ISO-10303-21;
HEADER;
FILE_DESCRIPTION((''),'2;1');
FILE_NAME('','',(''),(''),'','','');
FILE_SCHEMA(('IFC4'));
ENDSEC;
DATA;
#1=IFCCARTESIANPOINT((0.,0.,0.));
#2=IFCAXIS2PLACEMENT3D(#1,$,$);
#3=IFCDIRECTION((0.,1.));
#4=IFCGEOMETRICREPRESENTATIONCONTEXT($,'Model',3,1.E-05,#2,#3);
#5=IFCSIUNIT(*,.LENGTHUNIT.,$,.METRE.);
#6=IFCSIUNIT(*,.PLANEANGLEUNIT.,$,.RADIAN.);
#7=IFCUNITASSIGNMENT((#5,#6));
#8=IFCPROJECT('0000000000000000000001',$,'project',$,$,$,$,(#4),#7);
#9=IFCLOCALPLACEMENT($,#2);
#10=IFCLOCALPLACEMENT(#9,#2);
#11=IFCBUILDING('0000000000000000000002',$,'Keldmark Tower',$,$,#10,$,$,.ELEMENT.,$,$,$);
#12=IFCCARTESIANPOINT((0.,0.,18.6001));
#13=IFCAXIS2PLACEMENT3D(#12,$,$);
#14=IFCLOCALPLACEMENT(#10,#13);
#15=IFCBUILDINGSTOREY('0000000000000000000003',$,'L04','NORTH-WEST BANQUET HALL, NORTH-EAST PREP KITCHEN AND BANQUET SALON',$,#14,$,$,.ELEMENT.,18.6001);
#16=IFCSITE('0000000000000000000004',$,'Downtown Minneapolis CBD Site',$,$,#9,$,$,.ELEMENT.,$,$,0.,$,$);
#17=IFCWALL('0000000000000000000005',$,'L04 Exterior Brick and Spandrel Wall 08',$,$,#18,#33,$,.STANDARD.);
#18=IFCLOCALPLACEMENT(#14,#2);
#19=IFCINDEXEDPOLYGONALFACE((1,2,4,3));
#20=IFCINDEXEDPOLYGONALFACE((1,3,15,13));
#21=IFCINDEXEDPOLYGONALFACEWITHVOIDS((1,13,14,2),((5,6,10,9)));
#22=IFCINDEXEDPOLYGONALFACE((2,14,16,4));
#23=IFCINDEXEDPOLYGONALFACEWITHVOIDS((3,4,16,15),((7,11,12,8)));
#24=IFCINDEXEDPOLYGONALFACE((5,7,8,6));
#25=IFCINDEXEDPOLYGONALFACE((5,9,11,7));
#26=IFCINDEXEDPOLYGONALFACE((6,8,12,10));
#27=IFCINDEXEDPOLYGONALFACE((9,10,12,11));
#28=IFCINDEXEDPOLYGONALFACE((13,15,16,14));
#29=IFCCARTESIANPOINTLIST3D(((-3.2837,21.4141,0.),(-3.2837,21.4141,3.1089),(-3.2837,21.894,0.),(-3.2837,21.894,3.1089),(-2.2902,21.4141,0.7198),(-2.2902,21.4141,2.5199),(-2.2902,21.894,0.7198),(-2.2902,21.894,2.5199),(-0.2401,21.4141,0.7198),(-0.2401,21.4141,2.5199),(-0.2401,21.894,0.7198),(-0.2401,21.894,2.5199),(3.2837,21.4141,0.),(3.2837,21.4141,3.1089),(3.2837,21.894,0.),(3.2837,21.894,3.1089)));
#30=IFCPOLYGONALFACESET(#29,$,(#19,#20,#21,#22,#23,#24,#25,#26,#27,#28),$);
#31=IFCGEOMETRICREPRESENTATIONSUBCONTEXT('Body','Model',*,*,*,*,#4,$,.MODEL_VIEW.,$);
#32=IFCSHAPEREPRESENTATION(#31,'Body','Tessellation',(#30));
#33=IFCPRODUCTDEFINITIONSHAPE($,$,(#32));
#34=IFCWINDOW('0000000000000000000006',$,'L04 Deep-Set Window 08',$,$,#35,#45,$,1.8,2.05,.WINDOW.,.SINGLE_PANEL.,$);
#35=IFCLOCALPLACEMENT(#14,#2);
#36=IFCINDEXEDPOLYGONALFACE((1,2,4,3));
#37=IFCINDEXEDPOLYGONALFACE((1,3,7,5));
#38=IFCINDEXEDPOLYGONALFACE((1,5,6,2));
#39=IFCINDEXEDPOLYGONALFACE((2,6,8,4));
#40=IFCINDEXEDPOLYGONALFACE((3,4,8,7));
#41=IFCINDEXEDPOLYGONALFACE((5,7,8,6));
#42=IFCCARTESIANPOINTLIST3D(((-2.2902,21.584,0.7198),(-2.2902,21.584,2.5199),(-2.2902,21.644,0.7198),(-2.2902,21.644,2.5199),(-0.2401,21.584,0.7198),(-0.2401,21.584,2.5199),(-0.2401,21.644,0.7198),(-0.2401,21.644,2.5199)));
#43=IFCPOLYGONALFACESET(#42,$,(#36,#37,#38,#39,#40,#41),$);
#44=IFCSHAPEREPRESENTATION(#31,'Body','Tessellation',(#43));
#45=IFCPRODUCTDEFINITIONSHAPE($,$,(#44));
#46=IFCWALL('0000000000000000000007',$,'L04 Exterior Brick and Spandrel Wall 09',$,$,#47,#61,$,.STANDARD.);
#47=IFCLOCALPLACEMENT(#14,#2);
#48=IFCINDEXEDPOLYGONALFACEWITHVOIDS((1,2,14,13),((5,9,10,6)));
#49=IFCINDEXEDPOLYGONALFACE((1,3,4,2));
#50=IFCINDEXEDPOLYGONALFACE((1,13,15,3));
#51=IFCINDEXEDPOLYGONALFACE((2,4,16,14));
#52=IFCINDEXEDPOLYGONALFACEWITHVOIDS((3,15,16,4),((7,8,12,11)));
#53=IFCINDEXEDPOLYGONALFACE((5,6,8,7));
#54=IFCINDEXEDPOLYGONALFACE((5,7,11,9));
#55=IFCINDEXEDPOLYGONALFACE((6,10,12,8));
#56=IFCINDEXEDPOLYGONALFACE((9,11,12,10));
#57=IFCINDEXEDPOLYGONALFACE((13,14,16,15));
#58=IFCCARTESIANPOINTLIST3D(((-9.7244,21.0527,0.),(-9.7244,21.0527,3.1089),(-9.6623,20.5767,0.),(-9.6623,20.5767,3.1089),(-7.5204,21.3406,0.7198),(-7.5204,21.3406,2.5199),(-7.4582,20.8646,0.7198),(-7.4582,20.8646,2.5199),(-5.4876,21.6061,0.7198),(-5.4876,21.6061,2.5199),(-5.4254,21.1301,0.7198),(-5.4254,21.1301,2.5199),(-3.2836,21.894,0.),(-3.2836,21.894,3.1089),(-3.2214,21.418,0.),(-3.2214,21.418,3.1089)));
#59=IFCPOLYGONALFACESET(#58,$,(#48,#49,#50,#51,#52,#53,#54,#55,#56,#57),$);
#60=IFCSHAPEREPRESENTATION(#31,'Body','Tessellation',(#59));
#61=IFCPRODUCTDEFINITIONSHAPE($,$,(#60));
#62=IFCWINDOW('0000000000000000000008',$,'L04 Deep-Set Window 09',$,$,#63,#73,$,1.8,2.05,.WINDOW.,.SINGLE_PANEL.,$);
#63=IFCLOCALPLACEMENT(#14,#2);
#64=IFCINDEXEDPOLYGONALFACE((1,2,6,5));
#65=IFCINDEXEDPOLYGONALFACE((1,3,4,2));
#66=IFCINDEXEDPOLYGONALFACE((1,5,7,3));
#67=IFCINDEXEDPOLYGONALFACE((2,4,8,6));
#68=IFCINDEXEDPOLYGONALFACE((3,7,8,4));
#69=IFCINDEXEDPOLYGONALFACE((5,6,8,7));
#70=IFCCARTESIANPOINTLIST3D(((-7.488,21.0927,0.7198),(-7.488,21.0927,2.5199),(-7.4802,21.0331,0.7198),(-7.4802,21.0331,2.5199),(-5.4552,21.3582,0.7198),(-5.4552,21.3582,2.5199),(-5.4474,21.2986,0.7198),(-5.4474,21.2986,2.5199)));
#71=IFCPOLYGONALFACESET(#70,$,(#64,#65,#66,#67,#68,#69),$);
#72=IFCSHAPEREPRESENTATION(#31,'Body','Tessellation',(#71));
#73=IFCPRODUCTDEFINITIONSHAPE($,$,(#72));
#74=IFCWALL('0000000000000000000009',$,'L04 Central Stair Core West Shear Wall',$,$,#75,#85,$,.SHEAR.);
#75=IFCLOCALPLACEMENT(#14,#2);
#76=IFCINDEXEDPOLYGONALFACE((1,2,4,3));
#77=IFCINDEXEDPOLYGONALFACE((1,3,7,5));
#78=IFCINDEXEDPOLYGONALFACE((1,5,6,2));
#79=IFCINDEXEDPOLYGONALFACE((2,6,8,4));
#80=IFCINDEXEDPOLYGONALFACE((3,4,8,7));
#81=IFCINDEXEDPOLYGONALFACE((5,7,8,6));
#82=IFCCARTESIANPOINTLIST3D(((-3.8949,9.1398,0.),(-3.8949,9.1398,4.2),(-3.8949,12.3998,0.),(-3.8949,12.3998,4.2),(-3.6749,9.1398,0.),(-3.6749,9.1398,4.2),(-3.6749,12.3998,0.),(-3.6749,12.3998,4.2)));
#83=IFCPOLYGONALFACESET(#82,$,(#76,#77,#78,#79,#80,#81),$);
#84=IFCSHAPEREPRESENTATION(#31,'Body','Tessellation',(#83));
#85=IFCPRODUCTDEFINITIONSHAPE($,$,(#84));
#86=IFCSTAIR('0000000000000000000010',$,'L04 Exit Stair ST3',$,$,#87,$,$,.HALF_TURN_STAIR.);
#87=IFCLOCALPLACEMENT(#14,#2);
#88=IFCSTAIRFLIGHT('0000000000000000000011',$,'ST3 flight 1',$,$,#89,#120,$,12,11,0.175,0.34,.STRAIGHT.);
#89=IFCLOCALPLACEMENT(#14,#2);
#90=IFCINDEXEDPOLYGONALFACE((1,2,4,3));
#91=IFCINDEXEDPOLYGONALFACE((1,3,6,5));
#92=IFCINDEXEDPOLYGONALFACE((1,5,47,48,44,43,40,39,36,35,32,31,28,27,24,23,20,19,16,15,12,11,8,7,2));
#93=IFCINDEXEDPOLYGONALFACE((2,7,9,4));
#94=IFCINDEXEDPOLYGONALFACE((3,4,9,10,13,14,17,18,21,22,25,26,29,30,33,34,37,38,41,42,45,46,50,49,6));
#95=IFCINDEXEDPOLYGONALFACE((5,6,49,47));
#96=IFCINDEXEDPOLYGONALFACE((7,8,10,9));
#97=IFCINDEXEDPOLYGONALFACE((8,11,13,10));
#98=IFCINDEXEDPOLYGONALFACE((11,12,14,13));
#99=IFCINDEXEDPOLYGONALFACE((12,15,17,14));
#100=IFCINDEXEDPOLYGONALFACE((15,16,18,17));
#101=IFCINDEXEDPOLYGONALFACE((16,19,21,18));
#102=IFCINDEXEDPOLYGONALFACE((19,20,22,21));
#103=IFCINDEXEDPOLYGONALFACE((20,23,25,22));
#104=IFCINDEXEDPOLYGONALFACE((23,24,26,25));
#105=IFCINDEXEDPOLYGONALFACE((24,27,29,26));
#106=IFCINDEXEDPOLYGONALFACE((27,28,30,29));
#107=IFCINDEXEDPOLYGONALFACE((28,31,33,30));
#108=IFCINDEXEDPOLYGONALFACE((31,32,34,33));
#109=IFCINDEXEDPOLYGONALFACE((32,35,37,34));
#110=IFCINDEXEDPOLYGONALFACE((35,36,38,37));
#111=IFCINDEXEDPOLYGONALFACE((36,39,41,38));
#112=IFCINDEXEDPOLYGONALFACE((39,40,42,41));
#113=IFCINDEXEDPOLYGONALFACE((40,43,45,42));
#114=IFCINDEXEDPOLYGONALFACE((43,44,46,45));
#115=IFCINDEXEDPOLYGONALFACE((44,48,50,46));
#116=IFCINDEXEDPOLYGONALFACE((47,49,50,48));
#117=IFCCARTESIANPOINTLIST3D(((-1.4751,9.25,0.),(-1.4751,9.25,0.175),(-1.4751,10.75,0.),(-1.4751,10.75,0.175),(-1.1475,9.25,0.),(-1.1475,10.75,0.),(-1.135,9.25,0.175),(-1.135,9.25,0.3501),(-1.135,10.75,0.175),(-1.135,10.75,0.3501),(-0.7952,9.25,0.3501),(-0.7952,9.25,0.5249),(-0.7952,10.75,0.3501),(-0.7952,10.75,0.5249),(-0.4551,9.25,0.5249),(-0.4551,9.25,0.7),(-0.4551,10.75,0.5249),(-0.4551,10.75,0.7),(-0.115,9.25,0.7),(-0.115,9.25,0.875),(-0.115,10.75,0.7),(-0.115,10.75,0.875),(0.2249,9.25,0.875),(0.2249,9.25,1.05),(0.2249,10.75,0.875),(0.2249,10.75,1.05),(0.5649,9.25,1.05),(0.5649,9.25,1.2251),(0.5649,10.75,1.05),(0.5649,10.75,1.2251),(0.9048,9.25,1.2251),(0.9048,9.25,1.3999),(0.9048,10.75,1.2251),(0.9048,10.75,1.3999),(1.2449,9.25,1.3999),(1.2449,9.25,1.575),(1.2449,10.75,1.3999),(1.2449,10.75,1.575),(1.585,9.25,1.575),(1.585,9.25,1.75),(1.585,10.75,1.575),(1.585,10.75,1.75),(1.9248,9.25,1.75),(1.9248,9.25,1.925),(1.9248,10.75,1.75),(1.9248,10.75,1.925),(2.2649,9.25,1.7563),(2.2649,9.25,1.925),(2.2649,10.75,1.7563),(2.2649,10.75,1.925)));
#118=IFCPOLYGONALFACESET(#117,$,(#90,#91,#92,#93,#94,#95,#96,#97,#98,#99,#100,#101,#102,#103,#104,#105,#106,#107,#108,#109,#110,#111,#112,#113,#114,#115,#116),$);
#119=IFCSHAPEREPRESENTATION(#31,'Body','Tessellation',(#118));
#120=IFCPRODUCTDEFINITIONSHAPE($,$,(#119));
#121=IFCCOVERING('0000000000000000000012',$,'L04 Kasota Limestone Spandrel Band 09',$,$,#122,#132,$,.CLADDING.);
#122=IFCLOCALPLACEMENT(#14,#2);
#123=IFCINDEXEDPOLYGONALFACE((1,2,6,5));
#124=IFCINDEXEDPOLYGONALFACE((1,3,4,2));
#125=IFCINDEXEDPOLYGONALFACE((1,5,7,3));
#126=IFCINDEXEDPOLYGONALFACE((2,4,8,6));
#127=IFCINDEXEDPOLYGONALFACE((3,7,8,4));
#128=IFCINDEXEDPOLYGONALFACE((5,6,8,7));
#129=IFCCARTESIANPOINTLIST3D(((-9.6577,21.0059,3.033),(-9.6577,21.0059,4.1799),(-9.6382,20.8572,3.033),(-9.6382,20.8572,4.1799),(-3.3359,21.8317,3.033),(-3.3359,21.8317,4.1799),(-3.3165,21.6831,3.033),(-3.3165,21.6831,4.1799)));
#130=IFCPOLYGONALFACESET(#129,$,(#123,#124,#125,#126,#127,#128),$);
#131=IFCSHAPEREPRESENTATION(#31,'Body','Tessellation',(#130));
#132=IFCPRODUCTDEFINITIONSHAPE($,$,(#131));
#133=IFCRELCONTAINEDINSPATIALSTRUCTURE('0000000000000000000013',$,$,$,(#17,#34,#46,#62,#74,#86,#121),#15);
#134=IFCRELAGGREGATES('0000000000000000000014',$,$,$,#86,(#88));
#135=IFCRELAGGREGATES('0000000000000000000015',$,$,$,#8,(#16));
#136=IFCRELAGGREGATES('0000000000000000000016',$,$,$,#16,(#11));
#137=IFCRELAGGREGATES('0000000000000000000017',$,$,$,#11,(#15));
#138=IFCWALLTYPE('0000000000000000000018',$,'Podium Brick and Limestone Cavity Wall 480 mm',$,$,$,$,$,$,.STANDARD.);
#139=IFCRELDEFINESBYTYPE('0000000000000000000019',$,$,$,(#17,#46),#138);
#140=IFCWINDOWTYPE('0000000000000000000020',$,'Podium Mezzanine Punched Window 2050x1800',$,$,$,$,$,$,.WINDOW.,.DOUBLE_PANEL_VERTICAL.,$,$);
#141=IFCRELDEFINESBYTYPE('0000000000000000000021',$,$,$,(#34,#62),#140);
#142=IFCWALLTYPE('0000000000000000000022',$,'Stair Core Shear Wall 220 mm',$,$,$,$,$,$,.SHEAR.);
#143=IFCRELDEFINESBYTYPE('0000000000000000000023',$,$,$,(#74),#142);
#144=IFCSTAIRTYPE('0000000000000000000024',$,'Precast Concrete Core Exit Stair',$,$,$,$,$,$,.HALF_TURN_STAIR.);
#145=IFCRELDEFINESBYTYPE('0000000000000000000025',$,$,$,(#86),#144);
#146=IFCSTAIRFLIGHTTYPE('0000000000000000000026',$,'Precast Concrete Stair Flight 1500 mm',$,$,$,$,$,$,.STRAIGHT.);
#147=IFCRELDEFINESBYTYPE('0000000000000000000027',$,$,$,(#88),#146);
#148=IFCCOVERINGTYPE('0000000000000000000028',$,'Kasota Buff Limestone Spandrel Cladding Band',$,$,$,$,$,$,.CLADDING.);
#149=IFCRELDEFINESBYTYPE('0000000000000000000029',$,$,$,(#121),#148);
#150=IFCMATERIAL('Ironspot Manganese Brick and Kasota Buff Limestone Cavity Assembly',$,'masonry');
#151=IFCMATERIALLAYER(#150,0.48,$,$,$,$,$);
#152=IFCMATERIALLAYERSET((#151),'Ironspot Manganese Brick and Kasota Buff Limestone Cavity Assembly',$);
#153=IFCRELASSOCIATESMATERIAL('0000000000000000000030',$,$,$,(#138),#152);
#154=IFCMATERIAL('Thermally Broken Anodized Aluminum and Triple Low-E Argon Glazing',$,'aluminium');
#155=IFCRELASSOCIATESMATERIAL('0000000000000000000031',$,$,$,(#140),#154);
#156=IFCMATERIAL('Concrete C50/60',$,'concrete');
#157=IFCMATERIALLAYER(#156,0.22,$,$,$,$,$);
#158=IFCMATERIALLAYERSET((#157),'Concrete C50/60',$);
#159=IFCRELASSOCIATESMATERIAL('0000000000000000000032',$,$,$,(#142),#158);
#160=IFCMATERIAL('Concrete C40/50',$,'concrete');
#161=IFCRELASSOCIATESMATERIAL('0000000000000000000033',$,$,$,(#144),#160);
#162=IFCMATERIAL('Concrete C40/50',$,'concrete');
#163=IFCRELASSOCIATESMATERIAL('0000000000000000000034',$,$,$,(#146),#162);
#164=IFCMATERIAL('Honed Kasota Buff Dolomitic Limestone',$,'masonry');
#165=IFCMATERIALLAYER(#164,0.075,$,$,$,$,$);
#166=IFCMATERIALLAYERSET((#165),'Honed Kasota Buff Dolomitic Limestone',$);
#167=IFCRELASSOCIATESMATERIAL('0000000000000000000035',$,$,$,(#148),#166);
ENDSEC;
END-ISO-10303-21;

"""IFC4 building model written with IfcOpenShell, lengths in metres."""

from ifc_helpers import new_model, si_unit, direction, frame, frame_2d, origin, origin_2d, place, context, subcontext, project, spatial, polyline, rectangle, outline, extrude, material, layer, layer_set, type_object, element, fill, aggregate, save


model = new_model("IFC4")

# Units and contexts
model_context = context("Model", 3, precision=1e-05, world=origin(), true_north=direction((0.0, 1.0)))
body_context = subcontext(model_context, "Body", "Model", "MODEL_VIEW")
ifc_project = project(units=[si_unit("LENGTHUNIT", "METRE"), si_unit("PLANEANGLEUNIT", "RADIAN")], contexts=[model_context])

# Site, building, storey
site_placement = place(None, origin())
site = spatial("IfcSite", under=ifc_project, at=site_placement, Name="Downtown Minneapolis CBD Site", CompositionType="ELEMENT", RefElevation=0.0)
building_placement = place(site_placement, origin())
building = spatial("IfcBuilding", under=site, at=building_placement, Name="Keldmark Tower", CompositionType="ELEMENT")
storey_placement = place(building_placement, frame((0.0, 0.0, 18.6001)))
storey = spatial("IfcBuildingStorey", under=building, at=storey_placement, Name="L04", Description="NORTH-WEST BANQUET HALL, NORTH-EAST PREP KITCHEN AND BANQUET SALON", CompositionType="ELEMENT", Elevation=18.6001)

# Walls, openings, windows
ifc_material_1 = material(Name="Ironspot Manganese Brick and Kasota Buff Limestone Cavity Assembly", Category="masonry")
ifc_layer_1 = layer(ifc_material_1, 0.48)
ifc_layer_set_1 = layer_set([ifc_layer_1], Name="Ironspot Manganese Brick and Kasota Buff Limestone Cavity Assembly")
wall_type_1 = type_object("IfcWallType", Name="Podium Brick and Limestone Cavity Wall 480 mm", PredefinedType="STANDARD", material=ifc_layer_set_1)
wall_1_placement = place(storey_placement, frame((-3.2837, 21.6541, 0.0), z_axis=(0.0, 0.0, 1.0), x_axis=(1.0, 0.0, 0.0)))
wall_1 = element("IfcWall", 1, at=wall_1_placement, inside=storey, type_object=wall_type_1, Name="L04 Exterior Brick and Spandrel Wall 08", PredefinedType="STANDARD", context=body_context, shape_type="SweptSolid", body=[
    extrude(rectangle(XDim=6.5674, YDim=0.48, at=frame_2d((3.2837, 0.0))), origin(), (0.0, 0.0, 1.0), 3.1089),
])
opening_1_placement = place(wall_1_placement, frame((0.9937, 0.0, 0.72)))
opening_1 = element("IfcOpeningElement", 2, at=opening_1_placement, cuts=wall_1, PredefinedType="OPENING", context=body_context, shape_type="SweptSolid", body=[
    extrude(rectangle(XDim=2.05, YDim=1.8, at=frame_2d((1.0249, 0.8999))), frame((0.0, 0.25, 0.0), z_axis=(0.0, -1.0, 0.0), x_axis=(1.0, 0.0, 0.0)), (0.0, 0.0, 1.0), 0.5),
])
ifc_material_2 = material(Name="Thermally Broken Anodized Aluminum and Triple Low-E Argon Glazing", Category="aluminium")
window_type = type_object("IfcWindowType", Name="Podium Mezzanine Punched Window 2050x1800", PartitioningType="DOUBLE_PANEL_VERTICAL", PredefinedType="WINDOW", material=ifc_material_2)
window_1_placement = place(opening_1_placement, origin())
window_1 = element("IfcWindow", 3, at=window_1_placement, inside=storey, type_object=window_type, Name="L04 Deep-Set Window 08", OverallHeight=1.8, OverallWidth=2.05, PartitioningType="SINGLE_PANEL", PredefinedType="WINDOW", context=body_context, shape_type="SweptSolid", body=[
    extrude(rectangle(XDim=2.05, YDim=1.8, at=frame_2d((1.0249, 0.8999))), frame((0.0, -0.01, 0.0), z_axis=(0.0, -1.0, 0.0), x_axis=(1.0, 0.0, 0.0)), (0.0, 0.0, 1.0), 0.0601),
])
fill(opening_1, window_1)
wall_2_placement = place(storey_placement, frame((-9.6934, 20.8147, 0.0), z_axis=(0.0, 0.0, 1.0), x_axis=(0.991577, 0.129519, 0.0)))
wall_2 = element("IfcWall", 4, at=wall_2_placement, inside=storey, type_object=wall_type_1, Name="L04 Exterior Brick and Spandrel Wall 09", PredefinedType="STANDARD", context=body_context, shape_type="SweptSolid", body=[
    extrude(rectangle(XDim=6.4956, YDim=0.48, at=frame_2d((3.2478, 0.0))), origin(), (0.0, 0.0, 1.0), 3.1089),
])
opening_2_placement = place(wall_2_placement, frame((2.2229, 0.0, 0.72)))
opening_2 = element("IfcOpeningElement", 5, at=opening_2_placement, cuts=wall_2, PredefinedType="OPENING", context=body_context, shape_type="SweptSolid", body=[
    extrude(rectangle(XDim=2.05, YDim=1.8, at=frame_2d((1.0249, 0.8999))), frame((0.0, 0.25, 0.0), z_axis=(0.0, -1.0, 0.0), x_axis=(1.0, 0.0, 0.0)), (0.0, 0.0, 1.0), 0.5),
])
window_2_placement = place(opening_2_placement, origin())
window_2 = element("IfcWindow", 6, at=window_2_placement, inside=storey, type_object=window_type, Name="L04 Deep-Set Window 09", OverallHeight=1.8, OverallWidth=2.05, PartitioningType="SINGLE_PANEL", PredefinedType="WINDOW", context=body_context, shape_type="SweptSolid", body=[
    extrude(rectangle(XDim=2.05, YDim=1.8, at=frame_2d((1.0249, 0.8999))), frame((0.0, -0.01, 0.0), z_axis=(0.0, -1.0, 0.0), x_axis=(1.0, 0.0, 0.0)), (0.0, 0.0, 1.0), 0.0601),
])
fill(opening_2, window_2)

# Wall
ifc_material_3 = material(Name="Concrete C50/60", Category="concrete")
ifc_layer_2 = layer(ifc_material_3, 0.22)
ifc_layer_set_2 = layer_set([ifc_layer_2], Name="Concrete C50/60")
wall_type_2 = type_object("IfcWallType", Name="Stair Core Shear Wall 220 mm", PredefinedType="SHEAR", material=ifc_layer_set_2)
wall_3_placement = place(storey_placement, frame((-3.7849, 9.1399, 0.0), z_axis=(0.0, 0.0, 1.0), x_axis=(0.0, 1.0, 0.0)))
element("IfcWall", 7, at=wall_3_placement, inside=storey, type_object=wall_type_2, Name="L04 Central Stair Core West Shear Wall", PredefinedType="SHEAR", context=body_context, shape_type="SweptSolid", body=[
    extrude(rectangle(XDim=3.26, YDim=0.22, at=frame_2d((1.6299, 0.0))), origin(), (0.0, 0.0, 1.0), 4.2),
])

# Stair, stair flight
ifc_material_4 = material(Name="Concrete C40/50", Category="concrete")
stair_type = type_object("IfcStairType", Name="Precast Concrete Core Exit Stair", PredefinedType="HALF_TURN_STAIR", material=ifc_material_4)
stair_placement = place(storey_placement, origin())
stair = element("IfcStair", 8, at=stair_placement, inside=storey, type_object=stair_type, Name="L04 Exit Stair ST3", PredefinedType="HALF_TURN_STAIR")
ifc_material_5 = material(Name="Concrete C40/50", Category="concrete")
stair_flight_type = type_object("IfcStairFlightType", Name="Precast Concrete Stair Flight 1500 mm", PredefinedType="STRAIGHT", material=ifc_material_5)
stair_flight_placement = place(storey_placement, frame((-1.4751, 10.0, 0.0), z_axis=(0.0, 0.0, 1.0), x_axis=(1.0, 0.0, 0.0)))
stair_flight = element("IfcStairFlight", 9, at=stair_flight_placement, type_object=stair_flight_type, Name="ST3 flight 1", NumberOfRisers=12, NumberOfTreads=11, PredefinedType="STRAIGHT", RiserHeight=0.175, TreadLength=0.34, context=body_context, shape_type="SweptSolid", body=[
    extrude(outline(polyline([(0.0, 0.0), (0.0, 0.175), (0.3401, 0.175), (0.3401, 0.3501), (0.6799, 0.3501), (0.6799, 0.5249), (1.02, 0.5249), (1.02, 0.7), (1.3601, 0.7), (1.3601, 0.875), (1.7, 0.875), (1.7, 1.05), (2.04, 1.05), (2.04, 1.2251), (2.3799, 1.2251), (2.3799, 1.3999), (2.72, 1.3999), (2.72, 1.575), (3.0601, 1.575), (3.0601, 1.75), (3.3999, 1.75), (3.3999, 1.925), (3.74, 1.925), (3.74, 2.1001), (3.74, 1.7563), (0.3276, 0.0), (0.0, 0.0)])), frame((0.0, 0.75, 0.0), z_axis=(0.0, -1.0, 0.0), x_axis=(1.0, 0.0, 0.0)), (0.0, 0.0, 1.0), 1.5),
])
aggregate(stair, [stair_flight])

# Covering
ifc_material_6 = material(Name="Honed Kasota Buff Dolomitic Limestone", Category="masonry")
ifc_layer_3 = layer(ifc_material_6, 0.075)
ifc_layer_set_3 = layer_set([ifc_layer_3], Name="Honed Kasota Buff Dolomitic Limestone")
covering_type = type_object("IfcCoveringType", Name="Kasota Buff Limestone Spandrel Cladding Band", PredefinedType="CLADDING", material=ifc_layer_set_3)
covering_placement = place(storey_placement, frame((-6.4871, 21.3445, 3.033), z_axis=(0.0, 0.0, 1.0), x_axis=(-0.991574, -0.12954, 0.0)))
element("IfcCovering", 10, at=covering_placement, inside=storey, type_object=covering_type, Name="L04 Kasota Limestone Spandrel Band 09", PredefinedType="CLADDING", context=body_context, shape_type="SweptSolid", body=[
    extrude(rectangle(XDim=6.3755, YDim=0.1499, at=origin_2d()), origin(), (0.0, 0.0, 1.0), 1.147),
])

save(model, "model.ifc")
